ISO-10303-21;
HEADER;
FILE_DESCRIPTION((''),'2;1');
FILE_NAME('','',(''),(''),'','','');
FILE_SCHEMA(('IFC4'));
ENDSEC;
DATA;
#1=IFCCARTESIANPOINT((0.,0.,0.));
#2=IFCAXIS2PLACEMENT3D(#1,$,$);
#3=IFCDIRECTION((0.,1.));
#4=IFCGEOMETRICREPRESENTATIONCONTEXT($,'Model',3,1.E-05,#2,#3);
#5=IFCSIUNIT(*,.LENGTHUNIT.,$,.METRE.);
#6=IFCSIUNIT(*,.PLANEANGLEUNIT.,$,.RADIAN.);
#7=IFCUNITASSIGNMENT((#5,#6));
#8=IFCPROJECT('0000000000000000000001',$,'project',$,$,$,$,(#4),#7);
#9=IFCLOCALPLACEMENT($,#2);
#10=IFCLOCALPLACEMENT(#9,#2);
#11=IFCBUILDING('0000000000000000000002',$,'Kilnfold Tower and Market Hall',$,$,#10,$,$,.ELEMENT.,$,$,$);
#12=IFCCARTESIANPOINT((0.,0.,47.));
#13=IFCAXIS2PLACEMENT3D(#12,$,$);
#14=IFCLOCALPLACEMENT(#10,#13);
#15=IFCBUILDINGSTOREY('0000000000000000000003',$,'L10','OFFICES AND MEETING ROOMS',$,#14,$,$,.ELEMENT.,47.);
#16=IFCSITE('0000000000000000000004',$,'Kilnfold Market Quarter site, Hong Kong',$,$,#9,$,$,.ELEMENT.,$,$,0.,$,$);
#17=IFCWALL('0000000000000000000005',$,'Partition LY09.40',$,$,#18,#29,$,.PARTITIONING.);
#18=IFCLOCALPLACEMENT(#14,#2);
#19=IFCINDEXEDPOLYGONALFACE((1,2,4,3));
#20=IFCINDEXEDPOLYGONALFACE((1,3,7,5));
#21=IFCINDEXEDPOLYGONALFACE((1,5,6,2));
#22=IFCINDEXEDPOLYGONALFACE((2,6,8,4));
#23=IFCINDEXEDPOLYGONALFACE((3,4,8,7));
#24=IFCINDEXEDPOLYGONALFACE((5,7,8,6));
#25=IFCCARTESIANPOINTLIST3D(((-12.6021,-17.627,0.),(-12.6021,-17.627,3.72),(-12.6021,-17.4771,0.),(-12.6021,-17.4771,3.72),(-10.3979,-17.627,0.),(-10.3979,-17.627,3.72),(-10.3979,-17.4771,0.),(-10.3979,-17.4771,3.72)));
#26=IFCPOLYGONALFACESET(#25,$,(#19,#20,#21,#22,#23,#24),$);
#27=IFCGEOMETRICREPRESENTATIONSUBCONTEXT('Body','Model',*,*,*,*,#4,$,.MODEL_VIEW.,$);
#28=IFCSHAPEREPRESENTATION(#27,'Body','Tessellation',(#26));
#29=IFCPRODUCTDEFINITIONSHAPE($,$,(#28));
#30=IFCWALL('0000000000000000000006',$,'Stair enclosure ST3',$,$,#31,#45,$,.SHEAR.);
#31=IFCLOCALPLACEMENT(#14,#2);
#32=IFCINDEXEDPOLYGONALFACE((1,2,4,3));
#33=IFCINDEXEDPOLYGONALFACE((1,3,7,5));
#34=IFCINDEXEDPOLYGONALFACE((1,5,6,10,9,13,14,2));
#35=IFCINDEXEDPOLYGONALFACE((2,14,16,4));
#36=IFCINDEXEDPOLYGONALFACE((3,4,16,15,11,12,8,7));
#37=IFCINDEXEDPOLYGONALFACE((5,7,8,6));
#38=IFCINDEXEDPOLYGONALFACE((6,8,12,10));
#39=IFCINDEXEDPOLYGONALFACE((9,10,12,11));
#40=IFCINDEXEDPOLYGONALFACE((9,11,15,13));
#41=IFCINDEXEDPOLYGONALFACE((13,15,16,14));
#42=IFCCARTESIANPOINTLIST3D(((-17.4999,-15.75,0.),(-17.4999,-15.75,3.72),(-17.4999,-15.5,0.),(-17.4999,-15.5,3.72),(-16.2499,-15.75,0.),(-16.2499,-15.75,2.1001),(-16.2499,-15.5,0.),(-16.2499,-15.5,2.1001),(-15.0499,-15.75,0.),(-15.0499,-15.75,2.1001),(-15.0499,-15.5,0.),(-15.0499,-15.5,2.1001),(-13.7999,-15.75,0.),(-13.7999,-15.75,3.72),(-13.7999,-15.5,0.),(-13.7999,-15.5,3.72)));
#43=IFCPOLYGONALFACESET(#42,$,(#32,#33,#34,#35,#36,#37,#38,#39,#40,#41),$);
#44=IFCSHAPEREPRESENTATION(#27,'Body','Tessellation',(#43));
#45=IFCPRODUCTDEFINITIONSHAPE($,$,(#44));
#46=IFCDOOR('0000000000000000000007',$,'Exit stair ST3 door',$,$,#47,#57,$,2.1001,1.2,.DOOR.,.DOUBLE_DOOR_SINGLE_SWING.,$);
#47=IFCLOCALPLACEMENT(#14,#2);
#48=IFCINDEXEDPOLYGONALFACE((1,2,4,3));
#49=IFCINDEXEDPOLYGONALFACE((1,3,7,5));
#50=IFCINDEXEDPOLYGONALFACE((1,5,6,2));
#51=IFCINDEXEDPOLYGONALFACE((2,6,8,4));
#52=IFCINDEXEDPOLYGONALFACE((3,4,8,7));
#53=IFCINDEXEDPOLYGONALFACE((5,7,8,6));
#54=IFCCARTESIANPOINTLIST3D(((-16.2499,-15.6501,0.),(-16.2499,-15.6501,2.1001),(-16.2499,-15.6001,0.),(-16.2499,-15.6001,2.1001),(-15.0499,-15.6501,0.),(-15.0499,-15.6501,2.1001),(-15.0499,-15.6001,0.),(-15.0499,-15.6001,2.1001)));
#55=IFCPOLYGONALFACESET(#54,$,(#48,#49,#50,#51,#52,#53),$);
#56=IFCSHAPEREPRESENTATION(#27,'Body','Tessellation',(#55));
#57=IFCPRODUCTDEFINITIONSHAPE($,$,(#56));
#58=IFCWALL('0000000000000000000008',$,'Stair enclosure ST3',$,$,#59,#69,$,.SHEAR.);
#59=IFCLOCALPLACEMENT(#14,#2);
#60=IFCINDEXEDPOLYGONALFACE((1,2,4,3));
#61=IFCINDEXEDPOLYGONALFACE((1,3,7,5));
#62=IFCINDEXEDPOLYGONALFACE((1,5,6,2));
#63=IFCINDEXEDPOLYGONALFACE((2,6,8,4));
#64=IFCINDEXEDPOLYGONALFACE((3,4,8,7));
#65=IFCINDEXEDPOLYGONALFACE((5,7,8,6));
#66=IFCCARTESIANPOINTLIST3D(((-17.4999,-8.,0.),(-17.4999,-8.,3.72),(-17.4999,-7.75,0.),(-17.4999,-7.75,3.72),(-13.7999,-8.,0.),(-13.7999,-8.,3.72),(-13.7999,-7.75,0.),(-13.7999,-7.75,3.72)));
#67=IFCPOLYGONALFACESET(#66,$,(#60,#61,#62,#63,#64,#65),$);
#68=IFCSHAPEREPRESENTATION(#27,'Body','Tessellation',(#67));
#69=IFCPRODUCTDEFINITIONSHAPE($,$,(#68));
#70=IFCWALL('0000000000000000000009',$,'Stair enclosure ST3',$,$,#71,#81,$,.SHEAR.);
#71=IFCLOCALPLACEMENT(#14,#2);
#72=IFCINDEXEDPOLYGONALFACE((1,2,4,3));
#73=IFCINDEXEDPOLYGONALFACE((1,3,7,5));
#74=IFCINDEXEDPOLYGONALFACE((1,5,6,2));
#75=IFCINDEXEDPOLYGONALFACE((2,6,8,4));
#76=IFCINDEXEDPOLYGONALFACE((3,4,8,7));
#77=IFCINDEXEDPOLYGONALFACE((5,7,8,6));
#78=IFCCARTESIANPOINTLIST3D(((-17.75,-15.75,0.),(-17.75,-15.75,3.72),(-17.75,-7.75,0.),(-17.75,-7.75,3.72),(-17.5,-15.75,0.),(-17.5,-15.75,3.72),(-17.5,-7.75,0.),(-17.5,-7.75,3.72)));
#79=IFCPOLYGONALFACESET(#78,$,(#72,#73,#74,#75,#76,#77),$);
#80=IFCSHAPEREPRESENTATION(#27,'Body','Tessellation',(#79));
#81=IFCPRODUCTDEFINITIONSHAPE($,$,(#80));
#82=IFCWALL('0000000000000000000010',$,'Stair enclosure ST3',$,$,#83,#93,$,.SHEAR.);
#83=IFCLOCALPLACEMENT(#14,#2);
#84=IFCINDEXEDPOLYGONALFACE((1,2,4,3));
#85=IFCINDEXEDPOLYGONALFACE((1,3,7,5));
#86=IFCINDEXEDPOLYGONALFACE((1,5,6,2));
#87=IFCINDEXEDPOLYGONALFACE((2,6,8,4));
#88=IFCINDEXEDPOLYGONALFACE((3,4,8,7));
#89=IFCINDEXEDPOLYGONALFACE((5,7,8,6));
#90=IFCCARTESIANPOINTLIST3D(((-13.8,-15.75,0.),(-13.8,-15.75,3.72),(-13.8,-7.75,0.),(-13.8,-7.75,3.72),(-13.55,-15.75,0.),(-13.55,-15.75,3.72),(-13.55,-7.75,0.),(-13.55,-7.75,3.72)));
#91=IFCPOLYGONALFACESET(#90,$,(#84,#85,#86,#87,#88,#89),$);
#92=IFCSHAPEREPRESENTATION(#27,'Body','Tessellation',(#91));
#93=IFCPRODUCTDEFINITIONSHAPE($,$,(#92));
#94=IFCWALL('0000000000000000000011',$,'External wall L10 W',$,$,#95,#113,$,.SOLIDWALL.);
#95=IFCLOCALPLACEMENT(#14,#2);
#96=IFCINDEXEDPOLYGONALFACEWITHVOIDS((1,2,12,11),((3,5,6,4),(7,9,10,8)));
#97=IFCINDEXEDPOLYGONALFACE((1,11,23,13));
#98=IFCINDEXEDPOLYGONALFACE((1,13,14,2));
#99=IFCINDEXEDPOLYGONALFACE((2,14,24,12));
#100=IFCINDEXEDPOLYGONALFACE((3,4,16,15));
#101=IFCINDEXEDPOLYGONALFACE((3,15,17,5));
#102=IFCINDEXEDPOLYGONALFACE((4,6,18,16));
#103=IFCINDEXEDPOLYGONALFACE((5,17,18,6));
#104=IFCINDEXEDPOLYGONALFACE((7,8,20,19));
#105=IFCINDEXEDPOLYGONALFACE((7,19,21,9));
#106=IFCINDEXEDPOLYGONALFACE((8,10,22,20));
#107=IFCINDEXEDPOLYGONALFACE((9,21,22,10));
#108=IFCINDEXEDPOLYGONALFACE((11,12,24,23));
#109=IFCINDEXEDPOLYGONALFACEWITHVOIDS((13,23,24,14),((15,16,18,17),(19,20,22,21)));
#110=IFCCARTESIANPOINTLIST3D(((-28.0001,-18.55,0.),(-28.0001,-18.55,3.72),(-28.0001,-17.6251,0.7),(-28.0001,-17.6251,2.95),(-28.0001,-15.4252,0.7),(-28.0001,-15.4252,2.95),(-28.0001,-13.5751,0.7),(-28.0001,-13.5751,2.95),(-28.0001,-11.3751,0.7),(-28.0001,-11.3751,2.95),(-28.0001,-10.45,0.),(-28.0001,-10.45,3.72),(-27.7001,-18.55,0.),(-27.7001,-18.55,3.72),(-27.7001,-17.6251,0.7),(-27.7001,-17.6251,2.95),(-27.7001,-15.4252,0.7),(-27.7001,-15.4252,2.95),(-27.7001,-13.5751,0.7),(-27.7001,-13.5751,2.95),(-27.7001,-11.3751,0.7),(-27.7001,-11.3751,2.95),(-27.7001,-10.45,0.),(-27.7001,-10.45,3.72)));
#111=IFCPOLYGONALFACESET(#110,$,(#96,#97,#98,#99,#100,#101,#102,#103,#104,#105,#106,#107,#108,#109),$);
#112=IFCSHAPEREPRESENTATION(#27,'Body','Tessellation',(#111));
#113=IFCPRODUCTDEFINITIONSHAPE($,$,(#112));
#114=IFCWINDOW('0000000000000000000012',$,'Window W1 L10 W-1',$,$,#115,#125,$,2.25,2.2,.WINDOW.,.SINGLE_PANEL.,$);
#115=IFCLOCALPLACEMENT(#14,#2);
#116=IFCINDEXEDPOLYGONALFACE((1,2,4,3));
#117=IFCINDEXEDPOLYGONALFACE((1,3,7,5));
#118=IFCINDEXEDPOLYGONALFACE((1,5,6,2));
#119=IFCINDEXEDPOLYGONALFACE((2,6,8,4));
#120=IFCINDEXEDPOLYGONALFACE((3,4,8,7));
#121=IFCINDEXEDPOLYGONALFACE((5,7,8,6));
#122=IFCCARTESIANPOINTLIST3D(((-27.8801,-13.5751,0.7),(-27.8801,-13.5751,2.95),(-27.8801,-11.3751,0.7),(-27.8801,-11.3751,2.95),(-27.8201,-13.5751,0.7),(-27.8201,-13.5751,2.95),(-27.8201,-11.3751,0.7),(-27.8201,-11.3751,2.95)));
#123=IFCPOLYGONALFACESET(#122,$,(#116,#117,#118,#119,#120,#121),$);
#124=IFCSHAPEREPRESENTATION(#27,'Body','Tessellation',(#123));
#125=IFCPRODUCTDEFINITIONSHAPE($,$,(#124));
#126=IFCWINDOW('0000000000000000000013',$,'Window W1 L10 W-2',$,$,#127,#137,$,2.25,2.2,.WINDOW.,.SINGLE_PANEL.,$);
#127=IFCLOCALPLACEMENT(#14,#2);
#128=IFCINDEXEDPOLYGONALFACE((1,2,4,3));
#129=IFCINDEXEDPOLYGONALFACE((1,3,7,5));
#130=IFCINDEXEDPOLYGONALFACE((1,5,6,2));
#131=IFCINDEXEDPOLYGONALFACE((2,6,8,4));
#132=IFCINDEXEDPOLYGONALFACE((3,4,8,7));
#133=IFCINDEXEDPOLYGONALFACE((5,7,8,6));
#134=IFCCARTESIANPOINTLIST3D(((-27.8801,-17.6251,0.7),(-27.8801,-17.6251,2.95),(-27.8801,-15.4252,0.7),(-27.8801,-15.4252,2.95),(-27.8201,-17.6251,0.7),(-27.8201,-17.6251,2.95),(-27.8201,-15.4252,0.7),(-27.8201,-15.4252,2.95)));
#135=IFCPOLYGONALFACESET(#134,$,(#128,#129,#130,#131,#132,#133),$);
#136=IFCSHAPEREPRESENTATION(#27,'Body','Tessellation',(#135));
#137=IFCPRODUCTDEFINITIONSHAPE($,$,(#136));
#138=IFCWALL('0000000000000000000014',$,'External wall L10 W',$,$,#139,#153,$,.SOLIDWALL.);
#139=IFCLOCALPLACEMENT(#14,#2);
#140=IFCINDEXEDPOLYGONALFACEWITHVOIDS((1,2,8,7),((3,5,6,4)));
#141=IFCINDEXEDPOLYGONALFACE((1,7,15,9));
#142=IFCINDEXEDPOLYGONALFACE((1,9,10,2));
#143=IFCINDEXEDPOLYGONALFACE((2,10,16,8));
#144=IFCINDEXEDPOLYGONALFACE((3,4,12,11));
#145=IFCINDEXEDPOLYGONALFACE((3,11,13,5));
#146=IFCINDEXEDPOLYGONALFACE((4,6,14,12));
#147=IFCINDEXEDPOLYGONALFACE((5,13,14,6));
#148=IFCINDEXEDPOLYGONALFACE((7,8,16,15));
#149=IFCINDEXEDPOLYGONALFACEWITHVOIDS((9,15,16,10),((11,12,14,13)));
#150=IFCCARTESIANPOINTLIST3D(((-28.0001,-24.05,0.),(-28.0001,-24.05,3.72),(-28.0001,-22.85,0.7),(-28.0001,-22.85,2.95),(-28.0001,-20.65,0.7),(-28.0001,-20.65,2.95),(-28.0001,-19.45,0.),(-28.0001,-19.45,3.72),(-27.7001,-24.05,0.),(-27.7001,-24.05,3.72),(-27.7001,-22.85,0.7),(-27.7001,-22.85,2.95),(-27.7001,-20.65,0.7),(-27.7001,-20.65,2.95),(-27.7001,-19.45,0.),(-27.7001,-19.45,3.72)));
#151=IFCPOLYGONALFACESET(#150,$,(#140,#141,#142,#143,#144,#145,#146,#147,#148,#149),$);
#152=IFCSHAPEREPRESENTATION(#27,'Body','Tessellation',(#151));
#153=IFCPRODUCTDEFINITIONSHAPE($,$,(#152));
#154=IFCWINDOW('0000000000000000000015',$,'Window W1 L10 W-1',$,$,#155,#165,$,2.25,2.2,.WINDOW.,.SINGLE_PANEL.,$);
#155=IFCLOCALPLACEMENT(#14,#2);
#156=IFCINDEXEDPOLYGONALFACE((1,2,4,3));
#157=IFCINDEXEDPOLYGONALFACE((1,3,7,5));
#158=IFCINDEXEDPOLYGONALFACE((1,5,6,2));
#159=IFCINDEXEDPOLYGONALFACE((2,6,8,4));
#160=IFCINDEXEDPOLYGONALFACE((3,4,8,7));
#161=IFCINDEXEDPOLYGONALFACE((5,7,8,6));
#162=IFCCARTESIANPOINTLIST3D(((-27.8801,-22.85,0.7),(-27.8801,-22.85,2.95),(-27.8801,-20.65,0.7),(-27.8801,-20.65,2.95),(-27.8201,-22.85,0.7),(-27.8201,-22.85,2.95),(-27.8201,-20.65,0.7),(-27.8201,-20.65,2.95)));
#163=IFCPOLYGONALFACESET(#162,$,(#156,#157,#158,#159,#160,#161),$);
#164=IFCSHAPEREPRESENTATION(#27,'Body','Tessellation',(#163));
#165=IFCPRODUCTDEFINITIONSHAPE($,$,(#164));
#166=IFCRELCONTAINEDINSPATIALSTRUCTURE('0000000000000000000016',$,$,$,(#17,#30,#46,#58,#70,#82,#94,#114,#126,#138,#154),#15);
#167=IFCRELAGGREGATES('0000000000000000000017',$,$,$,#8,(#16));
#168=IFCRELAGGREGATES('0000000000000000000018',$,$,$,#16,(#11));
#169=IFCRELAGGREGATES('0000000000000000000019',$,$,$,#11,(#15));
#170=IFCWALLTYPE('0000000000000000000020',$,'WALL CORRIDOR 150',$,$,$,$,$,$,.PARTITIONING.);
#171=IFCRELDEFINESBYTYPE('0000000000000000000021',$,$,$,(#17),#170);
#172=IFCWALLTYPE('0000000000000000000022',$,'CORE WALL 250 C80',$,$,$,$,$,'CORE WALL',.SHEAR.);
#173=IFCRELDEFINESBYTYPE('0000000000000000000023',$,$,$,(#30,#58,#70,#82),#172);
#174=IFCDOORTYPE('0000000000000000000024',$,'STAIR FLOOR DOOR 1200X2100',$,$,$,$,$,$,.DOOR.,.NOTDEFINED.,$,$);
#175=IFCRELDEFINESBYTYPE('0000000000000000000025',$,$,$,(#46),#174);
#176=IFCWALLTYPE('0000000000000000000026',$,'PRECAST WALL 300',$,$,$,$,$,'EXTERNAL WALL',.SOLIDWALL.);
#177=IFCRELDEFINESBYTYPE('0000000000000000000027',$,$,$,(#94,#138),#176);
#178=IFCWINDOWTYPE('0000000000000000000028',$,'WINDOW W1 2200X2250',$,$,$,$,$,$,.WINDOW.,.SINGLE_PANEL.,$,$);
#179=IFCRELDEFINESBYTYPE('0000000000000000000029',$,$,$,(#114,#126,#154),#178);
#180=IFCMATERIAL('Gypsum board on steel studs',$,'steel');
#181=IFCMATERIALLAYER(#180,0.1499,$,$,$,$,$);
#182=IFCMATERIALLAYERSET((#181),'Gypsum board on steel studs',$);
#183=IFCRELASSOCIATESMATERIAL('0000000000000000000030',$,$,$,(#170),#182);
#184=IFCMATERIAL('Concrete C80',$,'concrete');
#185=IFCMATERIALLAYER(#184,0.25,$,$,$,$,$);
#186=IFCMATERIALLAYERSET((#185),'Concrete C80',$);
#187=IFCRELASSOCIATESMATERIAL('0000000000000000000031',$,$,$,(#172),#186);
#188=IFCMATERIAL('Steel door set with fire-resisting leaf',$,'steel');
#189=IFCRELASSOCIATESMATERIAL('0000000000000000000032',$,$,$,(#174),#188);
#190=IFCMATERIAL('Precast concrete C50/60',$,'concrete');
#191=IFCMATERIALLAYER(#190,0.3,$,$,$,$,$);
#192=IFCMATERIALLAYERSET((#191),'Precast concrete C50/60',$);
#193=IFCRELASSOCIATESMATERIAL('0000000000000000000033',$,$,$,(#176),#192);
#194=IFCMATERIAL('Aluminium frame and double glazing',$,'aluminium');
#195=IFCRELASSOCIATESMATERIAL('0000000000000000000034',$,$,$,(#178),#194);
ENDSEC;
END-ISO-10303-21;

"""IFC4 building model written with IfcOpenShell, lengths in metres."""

from ifc_helpers import new_model, si_unit, direction, frame, frame_2d, origin, place, context, subcontext, project, spatial, rectangle, extrude, source, transform, mapped, material, layer, layer_set, type_object, element, fill, save


model = new_model("IFC4")

# Units and contexts
model_context = context("Model", 3, precision=1e-05, world=origin(), true_north=direction((0.0, 1.0)))
body_context = subcontext(model_context, "Body", "Model", "MODEL_VIEW")
ifc_project = project(units=[si_unit("LENGTHUNIT", "METRE"), si_unit("PLANEANGLEUNIT", "RADIAN")], contexts=[model_context])

# Site, building, storey
site_placement = place(None, origin())
site = spatial("IfcSite", under=ifc_project, at=site_placement, Name="Kilnfold Market Quarter site, Hong Kong", CompositionType="ELEMENT", RefElevation=0.0)
building_placement = place(site_placement, origin())
building = spatial("IfcBuilding", under=site, at=building_placement, Name="Kilnfold Tower and Market Hall", CompositionType="ELEMENT")
storey_placement = place(building_placement, frame((0.0, 0.0, 47.0)))
storey = spatial("IfcBuildingStorey", under=building, at=storey_placement, Name="L10", Description="OFFICES AND MEETING ROOMS", CompositionType="ELEMENT", Elevation=47.0)

# Wall
ifc_material_1 = material(Name="Gypsum board on steel studs", Category="steel")
ifc_layer_1 = layer(ifc_material_1, 0.1499)
ifc_layer_set_1 = layer_set([ifc_layer_1], Name="Gypsum board on steel studs")
wall_type_1 = type_object("IfcWallType", Name="WALL CORRIDOR 150", PredefinedType="PARTITIONING", material=ifc_layer_set_1)
wall_1_placement = place(storey_placement, frame((-12.6021, -17.552, 0.0), z_axis=(0.0, 0.0, 1.0), x_axis=(1.0, 0.0, 0.0)))
element("IfcWall", 1, at=wall_1_placement, inside=storey, type_object=wall_type_1, Name="Partition LY09.40", PredefinedType="PARTITIONING", context=body_context, shape_type="SweptSolid", body=[
    extrude(rectangle(XDim=2.2041, YDim=0.1499, at=frame_2d((1.1021, 0.0))), origin(), (0.0, 0.0, 1.0), 3.72),
])

# Wall, opening, door
ifc_material_2 = material(Name="Concrete C80", Category="concrete")
ifc_layer_2 = layer(ifc_material_2, 0.25)
ifc_layer_set_2 = layer_set([ifc_layer_2], Name="Concrete C80")
wall_type_2 = type_object("IfcWallType", Name="CORE WALL 250 C80", ElementType="CORE WALL", PredefinedType="SHEAR", material=ifc_layer_set_2)
shared_shape_1 = source(origin(), body_context, "Body", "SweptSolid", [
    extrude(rectangle(XDim=3.7, YDim=0.25, at=frame_2d((1.8501, 0.0))), origin(), (0.0, 0.0, 1.0), 3.72),
])
wall_2_placement = place(storey_placement, frame((-17.5, -15.625, 0.0), z_axis=(0.0, 0.0, 1.0), x_axis=(1.0, 0.0, 0.0)))
wall_2 = element("IfcWall", 2, at=wall_2_placement, inside=storey, type_object=wall_type_2, Name="Stair enclosure ST3", PredefinedType="SHEAR", context=body_context, shape_type="MappedRepresentation", body=[
    mapped(shared_shape_1, transform((0.0, 0.0, 0.0))),
])
opening_1_placement = place(wall_2_placement, frame((1.25, 0.0, 0.0)))
opening_1 = element("IfcOpeningElement", 3, at=opening_1_placement, cuts=wall_2, PredefinedType="OPENING", context=body_context, shape_type="SweptSolid", body=[
    extrude(rectangle(XDim=1.2, YDim=2.1001, at=frame_2d((0.6001, 1.05))), frame((0.0, 0.135, 0.0), z_axis=(0.0, -1.0, 0.0), x_axis=(1.0, 0.0, 0.0)), (0.0, 0.0, 1.0), 0.27),
])
ifc_material_3 = material(Name="Steel door set with fire-resisting leaf", Category="steel")
door_type = type_object("IfcDoorType", Name="STAIR FLOOR DOOR 1200X2100", OperationType="NOTDEFINED", PredefinedType="DOOR", material=ifc_material_3)
door_placement = place(opening_1_placement, origin())
door = element("IfcDoor", 4, at=door_placement, inside=storey, type_object=door_type, Name="Exit stair ST3 door", OperationType="DOUBLE_DOOR_SINGLE_SWING", OverallHeight=2.1001, OverallWidth=1.2, PredefinedType="DOOR", context=body_context, shape_type="SweptSolid", body=[
    extrude(rectangle(XDim=1.2, YDim=2.1001, at=frame_2d((0.6001, 1.05))), frame((0.0, 0.0249, 0.0), z_axis=(0.0, -1.0, 0.0), x_axis=(1.0, 0.0, 0.0)), (0.0, 0.0, 1.0), 0.05),
])
fill(opening_1, door)

# Walls
wall_3_placement = place(storey_placement, frame((-17.5, -7.875, 0.0), z_axis=(0.0, 0.0, 1.0), x_axis=(1.0, 0.0, 0.0)))
element("IfcWall", 5, at=wall_3_placement, inside=storey, type_object=wall_type_2, Name="Stair enclosure ST3", PredefinedType="SHEAR", context=body_context, shape_type="MappedRepresentation", body=[
    mapped(shared_shape_1, transform((0.0, 0.0, 0.0))),
])
shared_shape_2 = source(origin(), body_context, "Body", "SweptSolid", [
    extrude(rectangle(XDim=8.0, YDim=0.25, at=frame_2d((4.0, 0.0))), origin(), (0.0, 0.0, 1.0), 3.72),
])
for number, where, z_axis, x_axis, name in (
    (6, (-17.625, -15.75, 0.0), (0.0, 0.0, 1.0), (0.0, 1.0, 0.0), "Stair enclosure ST3"),
    (7, (-13.675, -15.75, 0.0), (0.0, 0.0, 1.0), (0.0, 1.0, 0.0), "Stair enclosure ST3"),
):
    element("IfcWall", number, at=place(storey_placement, frame(where, z_axis=z_axis, x_axis=x_axis)), inside=storey, type_object=wall_type_2, Name=name, PredefinedType="SHEAR", context=body_context, shape_type="MappedRepresentation", body=[
        mapped(shared_shape_2, transform((0.0, 0.0, 0.0))),
    ])

# Wall, openings, windows
ifc_material_4 = material(Name="Precast concrete C50/60", Category="concrete")
ifc_layer_3 = layer(ifc_material_4, 0.3)
ifc_layer_set_3 = layer_set([ifc_layer_3], Name="Precast concrete C50/60")
wall_type_3 = type_object("IfcWallType", Name="PRECAST WALL 300", ElementType="EXTERNAL WALL", PredefinedType="SOLIDWALL", material=ifc_layer_set_3)
shared_shape_3 = source(origin(), body_context, "Body", "SweptSolid", [
    extrude(rectangle(XDim=8.1001, YDim=0.3, at=frame_2d((4.05, 0.0))), origin(), (0.0, 0.0, 1.0), 3.72),
])
wall_4_placement = place(storey_placement, frame((-27.8501, -10.45, 0.0), z_axis=(0.0, 0.0, 1.0), x_axis=(0.0, -1.0, 0.0)))
wall_4 = element("IfcWall", 8, at=wall_4_placement, inside=storey, type_object=wall_type_3, Name="External wall L10 W", PredefinedType="SOLIDWALL", context=body_context, shape_type="MappedRepresentation", body=[
    mapped(shared_shape_3, transform((0.0, 0.0, 0.0))),
])
opening_2_placement = place(wall_4_placement, frame((0.925, 0.0, 0.7)))
opening_2 = element("IfcOpeningElement", 9, at=opening_2_placement, cuts=wall_4, PredefinedType="OPENING", context=body_context, shape_type="SweptSolid", body=[
    extrude(rectangle(XDim=2.2, YDim=2.25, at=frame_2d((1.1001, 1.125))), frame((0.0, 0.1602, 0.0), z_axis=(0.0, -1.0, 0.0), x_axis=(1.0, 0.0, 0.0)), (0.0, 0.0, 1.0), 0.3201),
])
opening_3_placement = place(wall_4_placement, frame((4.9751, 0.0, 0.7)))
opening_3 = element("IfcOpeningElement", 10, at=opening_3_placement, cuts=wall_4, PredefinedType="OPENING", context=body_context, shape_type="SweptSolid", body=[
    extrude(rectangle(XDim=2.2, YDim=2.25, at=frame_2d((1.1001, 1.125))), frame((0.0, 0.1602, 0.0), z_axis=(0.0, -1.0, 0.0), x_axis=(1.0, 0.0, 0.0)), (0.0, 0.0, 1.0), 0.3201),
])
ifc_material_5 = material(Name="Aluminium frame and double glazing", Category="aluminium")
window_type = type_object("IfcWindowType", Name="WINDOW W1 2200X2250", PartitioningType="SINGLE_PANEL", PredefinedType="WINDOW", material=ifc_material_5)
window_1_placement = place(opening_2_placement, origin())
window_1 = element("IfcWindow", 11, at=window_1_placement, inside=storey, type_object=window_type, Name="Window W1 L10 W-1", OverallHeight=2.25, OverallWidth=2.2, PartitioningType="SINGLE_PANEL", PredefinedType="WINDOW", context=body_context, shape_type="SweptSolid", body=[
    extrude(rectangle(XDim=2.2, YDim=2.25, at=frame_2d((1.1001, 1.125))), frame((0.0, 0.03, 0.0), z_axis=(0.0, -1.0, 0.0), x_axis=(1.0, 0.0, 0.0)), (0.0, 0.0, 1.0), 0.0601),
])
fill(opening_2, window_1)
window_2_placement = place(opening_3_placement, origin())
window_2 = element("IfcWindow", 12, at=window_2_placement, inside=storey, type_object=window_type, Name="Window W1 L10 W-2", OverallHeight=2.25, OverallWidth=2.2, PartitioningType="SINGLE_PANEL", PredefinedType="WINDOW", context=body_context, shape_type="SweptSolid", body=[
    extrude(rectangle(XDim=2.2, YDim=2.25, at=frame_2d((1.1001, 1.125))), frame((0.0, 0.03, 0.0), z_axis=(0.0, -1.0, 0.0), x_axis=(1.0, 0.0, 0.0)), (0.0, 0.0, 1.0), 0.0601),
])
fill(opening_3, window_2)

# Wall, opening, window
shared_shape_4 = source(origin(), body_context, "Body", "SweptSolid", [
    extrude(rectangle(XDim=4.6001, YDim=0.3, at=frame_2d((2.3, 0.0))), origin(), (0.0, 0.0, 1.0), 3.72),
])
wall_5_placement = place(storey_placement, frame((-27.8501, -19.45, 0.0), z_axis=(0.0, 0.0, 1.0), x_axis=(0.0, -1.0, 0.0)))
wall_5 = element("IfcWall", 13, at=wall_5_placement, inside=storey, type_object=wall_type_3, Name="External wall L10 W", PredefinedType="SOLIDWALL", context=body_context, shape_type="MappedRepresentation", body=[
    mapped(shared_shape_4, transform((0.0, 0.0, 0.0))),
])
opening_4_placement = place(wall_5_placement, frame((1.2, 0.0, 0.7)))
opening_4 = element("IfcOpeningElement", 14, at=opening_4_placement, cuts=wall_5, PredefinedType="OPENING", context=body_context, shape_type="SweptSolid", body=[
    extrude(rectangle(XDim=2.2, YDim=2.25, at=frame_2d((1.1001, 1.125))), frame((0.0, 0.1602, 0.0), z_axis=(0.0, -1.0, 0.0), x_axis=(1.0, 0.0, 0.0)), (0.0, 0.0, 1.0), 0.3201),
])
window_3_placement = place(opening_4_placement, origin())
window_3 = element("IfcWindow", 15, at=window_3_placement, inside=storey, type_object=window_type, Name="Window W1 L10 W-1", OverallHeight=2.25, OverallWidth=2.2, PartitioningType="SINGLE_PANEL", PredefinedType="WINDOW", context=body_context, shape_type="SweptSolid", body=[
    extrude(rectangle(XDim=2.2, YDim=2.25, at=frame_2d((1.1001, 1.125))), frame((0.0, 0.03, 0.0), z_axis=(0.0, -1.0, 0.0), x_axis=(1.0, 0.0, 0.0)), (0.0, 0.0, 1.0), 0.0601),
])
fill(opening_4, window_3)

save(model, "model.ifc")
